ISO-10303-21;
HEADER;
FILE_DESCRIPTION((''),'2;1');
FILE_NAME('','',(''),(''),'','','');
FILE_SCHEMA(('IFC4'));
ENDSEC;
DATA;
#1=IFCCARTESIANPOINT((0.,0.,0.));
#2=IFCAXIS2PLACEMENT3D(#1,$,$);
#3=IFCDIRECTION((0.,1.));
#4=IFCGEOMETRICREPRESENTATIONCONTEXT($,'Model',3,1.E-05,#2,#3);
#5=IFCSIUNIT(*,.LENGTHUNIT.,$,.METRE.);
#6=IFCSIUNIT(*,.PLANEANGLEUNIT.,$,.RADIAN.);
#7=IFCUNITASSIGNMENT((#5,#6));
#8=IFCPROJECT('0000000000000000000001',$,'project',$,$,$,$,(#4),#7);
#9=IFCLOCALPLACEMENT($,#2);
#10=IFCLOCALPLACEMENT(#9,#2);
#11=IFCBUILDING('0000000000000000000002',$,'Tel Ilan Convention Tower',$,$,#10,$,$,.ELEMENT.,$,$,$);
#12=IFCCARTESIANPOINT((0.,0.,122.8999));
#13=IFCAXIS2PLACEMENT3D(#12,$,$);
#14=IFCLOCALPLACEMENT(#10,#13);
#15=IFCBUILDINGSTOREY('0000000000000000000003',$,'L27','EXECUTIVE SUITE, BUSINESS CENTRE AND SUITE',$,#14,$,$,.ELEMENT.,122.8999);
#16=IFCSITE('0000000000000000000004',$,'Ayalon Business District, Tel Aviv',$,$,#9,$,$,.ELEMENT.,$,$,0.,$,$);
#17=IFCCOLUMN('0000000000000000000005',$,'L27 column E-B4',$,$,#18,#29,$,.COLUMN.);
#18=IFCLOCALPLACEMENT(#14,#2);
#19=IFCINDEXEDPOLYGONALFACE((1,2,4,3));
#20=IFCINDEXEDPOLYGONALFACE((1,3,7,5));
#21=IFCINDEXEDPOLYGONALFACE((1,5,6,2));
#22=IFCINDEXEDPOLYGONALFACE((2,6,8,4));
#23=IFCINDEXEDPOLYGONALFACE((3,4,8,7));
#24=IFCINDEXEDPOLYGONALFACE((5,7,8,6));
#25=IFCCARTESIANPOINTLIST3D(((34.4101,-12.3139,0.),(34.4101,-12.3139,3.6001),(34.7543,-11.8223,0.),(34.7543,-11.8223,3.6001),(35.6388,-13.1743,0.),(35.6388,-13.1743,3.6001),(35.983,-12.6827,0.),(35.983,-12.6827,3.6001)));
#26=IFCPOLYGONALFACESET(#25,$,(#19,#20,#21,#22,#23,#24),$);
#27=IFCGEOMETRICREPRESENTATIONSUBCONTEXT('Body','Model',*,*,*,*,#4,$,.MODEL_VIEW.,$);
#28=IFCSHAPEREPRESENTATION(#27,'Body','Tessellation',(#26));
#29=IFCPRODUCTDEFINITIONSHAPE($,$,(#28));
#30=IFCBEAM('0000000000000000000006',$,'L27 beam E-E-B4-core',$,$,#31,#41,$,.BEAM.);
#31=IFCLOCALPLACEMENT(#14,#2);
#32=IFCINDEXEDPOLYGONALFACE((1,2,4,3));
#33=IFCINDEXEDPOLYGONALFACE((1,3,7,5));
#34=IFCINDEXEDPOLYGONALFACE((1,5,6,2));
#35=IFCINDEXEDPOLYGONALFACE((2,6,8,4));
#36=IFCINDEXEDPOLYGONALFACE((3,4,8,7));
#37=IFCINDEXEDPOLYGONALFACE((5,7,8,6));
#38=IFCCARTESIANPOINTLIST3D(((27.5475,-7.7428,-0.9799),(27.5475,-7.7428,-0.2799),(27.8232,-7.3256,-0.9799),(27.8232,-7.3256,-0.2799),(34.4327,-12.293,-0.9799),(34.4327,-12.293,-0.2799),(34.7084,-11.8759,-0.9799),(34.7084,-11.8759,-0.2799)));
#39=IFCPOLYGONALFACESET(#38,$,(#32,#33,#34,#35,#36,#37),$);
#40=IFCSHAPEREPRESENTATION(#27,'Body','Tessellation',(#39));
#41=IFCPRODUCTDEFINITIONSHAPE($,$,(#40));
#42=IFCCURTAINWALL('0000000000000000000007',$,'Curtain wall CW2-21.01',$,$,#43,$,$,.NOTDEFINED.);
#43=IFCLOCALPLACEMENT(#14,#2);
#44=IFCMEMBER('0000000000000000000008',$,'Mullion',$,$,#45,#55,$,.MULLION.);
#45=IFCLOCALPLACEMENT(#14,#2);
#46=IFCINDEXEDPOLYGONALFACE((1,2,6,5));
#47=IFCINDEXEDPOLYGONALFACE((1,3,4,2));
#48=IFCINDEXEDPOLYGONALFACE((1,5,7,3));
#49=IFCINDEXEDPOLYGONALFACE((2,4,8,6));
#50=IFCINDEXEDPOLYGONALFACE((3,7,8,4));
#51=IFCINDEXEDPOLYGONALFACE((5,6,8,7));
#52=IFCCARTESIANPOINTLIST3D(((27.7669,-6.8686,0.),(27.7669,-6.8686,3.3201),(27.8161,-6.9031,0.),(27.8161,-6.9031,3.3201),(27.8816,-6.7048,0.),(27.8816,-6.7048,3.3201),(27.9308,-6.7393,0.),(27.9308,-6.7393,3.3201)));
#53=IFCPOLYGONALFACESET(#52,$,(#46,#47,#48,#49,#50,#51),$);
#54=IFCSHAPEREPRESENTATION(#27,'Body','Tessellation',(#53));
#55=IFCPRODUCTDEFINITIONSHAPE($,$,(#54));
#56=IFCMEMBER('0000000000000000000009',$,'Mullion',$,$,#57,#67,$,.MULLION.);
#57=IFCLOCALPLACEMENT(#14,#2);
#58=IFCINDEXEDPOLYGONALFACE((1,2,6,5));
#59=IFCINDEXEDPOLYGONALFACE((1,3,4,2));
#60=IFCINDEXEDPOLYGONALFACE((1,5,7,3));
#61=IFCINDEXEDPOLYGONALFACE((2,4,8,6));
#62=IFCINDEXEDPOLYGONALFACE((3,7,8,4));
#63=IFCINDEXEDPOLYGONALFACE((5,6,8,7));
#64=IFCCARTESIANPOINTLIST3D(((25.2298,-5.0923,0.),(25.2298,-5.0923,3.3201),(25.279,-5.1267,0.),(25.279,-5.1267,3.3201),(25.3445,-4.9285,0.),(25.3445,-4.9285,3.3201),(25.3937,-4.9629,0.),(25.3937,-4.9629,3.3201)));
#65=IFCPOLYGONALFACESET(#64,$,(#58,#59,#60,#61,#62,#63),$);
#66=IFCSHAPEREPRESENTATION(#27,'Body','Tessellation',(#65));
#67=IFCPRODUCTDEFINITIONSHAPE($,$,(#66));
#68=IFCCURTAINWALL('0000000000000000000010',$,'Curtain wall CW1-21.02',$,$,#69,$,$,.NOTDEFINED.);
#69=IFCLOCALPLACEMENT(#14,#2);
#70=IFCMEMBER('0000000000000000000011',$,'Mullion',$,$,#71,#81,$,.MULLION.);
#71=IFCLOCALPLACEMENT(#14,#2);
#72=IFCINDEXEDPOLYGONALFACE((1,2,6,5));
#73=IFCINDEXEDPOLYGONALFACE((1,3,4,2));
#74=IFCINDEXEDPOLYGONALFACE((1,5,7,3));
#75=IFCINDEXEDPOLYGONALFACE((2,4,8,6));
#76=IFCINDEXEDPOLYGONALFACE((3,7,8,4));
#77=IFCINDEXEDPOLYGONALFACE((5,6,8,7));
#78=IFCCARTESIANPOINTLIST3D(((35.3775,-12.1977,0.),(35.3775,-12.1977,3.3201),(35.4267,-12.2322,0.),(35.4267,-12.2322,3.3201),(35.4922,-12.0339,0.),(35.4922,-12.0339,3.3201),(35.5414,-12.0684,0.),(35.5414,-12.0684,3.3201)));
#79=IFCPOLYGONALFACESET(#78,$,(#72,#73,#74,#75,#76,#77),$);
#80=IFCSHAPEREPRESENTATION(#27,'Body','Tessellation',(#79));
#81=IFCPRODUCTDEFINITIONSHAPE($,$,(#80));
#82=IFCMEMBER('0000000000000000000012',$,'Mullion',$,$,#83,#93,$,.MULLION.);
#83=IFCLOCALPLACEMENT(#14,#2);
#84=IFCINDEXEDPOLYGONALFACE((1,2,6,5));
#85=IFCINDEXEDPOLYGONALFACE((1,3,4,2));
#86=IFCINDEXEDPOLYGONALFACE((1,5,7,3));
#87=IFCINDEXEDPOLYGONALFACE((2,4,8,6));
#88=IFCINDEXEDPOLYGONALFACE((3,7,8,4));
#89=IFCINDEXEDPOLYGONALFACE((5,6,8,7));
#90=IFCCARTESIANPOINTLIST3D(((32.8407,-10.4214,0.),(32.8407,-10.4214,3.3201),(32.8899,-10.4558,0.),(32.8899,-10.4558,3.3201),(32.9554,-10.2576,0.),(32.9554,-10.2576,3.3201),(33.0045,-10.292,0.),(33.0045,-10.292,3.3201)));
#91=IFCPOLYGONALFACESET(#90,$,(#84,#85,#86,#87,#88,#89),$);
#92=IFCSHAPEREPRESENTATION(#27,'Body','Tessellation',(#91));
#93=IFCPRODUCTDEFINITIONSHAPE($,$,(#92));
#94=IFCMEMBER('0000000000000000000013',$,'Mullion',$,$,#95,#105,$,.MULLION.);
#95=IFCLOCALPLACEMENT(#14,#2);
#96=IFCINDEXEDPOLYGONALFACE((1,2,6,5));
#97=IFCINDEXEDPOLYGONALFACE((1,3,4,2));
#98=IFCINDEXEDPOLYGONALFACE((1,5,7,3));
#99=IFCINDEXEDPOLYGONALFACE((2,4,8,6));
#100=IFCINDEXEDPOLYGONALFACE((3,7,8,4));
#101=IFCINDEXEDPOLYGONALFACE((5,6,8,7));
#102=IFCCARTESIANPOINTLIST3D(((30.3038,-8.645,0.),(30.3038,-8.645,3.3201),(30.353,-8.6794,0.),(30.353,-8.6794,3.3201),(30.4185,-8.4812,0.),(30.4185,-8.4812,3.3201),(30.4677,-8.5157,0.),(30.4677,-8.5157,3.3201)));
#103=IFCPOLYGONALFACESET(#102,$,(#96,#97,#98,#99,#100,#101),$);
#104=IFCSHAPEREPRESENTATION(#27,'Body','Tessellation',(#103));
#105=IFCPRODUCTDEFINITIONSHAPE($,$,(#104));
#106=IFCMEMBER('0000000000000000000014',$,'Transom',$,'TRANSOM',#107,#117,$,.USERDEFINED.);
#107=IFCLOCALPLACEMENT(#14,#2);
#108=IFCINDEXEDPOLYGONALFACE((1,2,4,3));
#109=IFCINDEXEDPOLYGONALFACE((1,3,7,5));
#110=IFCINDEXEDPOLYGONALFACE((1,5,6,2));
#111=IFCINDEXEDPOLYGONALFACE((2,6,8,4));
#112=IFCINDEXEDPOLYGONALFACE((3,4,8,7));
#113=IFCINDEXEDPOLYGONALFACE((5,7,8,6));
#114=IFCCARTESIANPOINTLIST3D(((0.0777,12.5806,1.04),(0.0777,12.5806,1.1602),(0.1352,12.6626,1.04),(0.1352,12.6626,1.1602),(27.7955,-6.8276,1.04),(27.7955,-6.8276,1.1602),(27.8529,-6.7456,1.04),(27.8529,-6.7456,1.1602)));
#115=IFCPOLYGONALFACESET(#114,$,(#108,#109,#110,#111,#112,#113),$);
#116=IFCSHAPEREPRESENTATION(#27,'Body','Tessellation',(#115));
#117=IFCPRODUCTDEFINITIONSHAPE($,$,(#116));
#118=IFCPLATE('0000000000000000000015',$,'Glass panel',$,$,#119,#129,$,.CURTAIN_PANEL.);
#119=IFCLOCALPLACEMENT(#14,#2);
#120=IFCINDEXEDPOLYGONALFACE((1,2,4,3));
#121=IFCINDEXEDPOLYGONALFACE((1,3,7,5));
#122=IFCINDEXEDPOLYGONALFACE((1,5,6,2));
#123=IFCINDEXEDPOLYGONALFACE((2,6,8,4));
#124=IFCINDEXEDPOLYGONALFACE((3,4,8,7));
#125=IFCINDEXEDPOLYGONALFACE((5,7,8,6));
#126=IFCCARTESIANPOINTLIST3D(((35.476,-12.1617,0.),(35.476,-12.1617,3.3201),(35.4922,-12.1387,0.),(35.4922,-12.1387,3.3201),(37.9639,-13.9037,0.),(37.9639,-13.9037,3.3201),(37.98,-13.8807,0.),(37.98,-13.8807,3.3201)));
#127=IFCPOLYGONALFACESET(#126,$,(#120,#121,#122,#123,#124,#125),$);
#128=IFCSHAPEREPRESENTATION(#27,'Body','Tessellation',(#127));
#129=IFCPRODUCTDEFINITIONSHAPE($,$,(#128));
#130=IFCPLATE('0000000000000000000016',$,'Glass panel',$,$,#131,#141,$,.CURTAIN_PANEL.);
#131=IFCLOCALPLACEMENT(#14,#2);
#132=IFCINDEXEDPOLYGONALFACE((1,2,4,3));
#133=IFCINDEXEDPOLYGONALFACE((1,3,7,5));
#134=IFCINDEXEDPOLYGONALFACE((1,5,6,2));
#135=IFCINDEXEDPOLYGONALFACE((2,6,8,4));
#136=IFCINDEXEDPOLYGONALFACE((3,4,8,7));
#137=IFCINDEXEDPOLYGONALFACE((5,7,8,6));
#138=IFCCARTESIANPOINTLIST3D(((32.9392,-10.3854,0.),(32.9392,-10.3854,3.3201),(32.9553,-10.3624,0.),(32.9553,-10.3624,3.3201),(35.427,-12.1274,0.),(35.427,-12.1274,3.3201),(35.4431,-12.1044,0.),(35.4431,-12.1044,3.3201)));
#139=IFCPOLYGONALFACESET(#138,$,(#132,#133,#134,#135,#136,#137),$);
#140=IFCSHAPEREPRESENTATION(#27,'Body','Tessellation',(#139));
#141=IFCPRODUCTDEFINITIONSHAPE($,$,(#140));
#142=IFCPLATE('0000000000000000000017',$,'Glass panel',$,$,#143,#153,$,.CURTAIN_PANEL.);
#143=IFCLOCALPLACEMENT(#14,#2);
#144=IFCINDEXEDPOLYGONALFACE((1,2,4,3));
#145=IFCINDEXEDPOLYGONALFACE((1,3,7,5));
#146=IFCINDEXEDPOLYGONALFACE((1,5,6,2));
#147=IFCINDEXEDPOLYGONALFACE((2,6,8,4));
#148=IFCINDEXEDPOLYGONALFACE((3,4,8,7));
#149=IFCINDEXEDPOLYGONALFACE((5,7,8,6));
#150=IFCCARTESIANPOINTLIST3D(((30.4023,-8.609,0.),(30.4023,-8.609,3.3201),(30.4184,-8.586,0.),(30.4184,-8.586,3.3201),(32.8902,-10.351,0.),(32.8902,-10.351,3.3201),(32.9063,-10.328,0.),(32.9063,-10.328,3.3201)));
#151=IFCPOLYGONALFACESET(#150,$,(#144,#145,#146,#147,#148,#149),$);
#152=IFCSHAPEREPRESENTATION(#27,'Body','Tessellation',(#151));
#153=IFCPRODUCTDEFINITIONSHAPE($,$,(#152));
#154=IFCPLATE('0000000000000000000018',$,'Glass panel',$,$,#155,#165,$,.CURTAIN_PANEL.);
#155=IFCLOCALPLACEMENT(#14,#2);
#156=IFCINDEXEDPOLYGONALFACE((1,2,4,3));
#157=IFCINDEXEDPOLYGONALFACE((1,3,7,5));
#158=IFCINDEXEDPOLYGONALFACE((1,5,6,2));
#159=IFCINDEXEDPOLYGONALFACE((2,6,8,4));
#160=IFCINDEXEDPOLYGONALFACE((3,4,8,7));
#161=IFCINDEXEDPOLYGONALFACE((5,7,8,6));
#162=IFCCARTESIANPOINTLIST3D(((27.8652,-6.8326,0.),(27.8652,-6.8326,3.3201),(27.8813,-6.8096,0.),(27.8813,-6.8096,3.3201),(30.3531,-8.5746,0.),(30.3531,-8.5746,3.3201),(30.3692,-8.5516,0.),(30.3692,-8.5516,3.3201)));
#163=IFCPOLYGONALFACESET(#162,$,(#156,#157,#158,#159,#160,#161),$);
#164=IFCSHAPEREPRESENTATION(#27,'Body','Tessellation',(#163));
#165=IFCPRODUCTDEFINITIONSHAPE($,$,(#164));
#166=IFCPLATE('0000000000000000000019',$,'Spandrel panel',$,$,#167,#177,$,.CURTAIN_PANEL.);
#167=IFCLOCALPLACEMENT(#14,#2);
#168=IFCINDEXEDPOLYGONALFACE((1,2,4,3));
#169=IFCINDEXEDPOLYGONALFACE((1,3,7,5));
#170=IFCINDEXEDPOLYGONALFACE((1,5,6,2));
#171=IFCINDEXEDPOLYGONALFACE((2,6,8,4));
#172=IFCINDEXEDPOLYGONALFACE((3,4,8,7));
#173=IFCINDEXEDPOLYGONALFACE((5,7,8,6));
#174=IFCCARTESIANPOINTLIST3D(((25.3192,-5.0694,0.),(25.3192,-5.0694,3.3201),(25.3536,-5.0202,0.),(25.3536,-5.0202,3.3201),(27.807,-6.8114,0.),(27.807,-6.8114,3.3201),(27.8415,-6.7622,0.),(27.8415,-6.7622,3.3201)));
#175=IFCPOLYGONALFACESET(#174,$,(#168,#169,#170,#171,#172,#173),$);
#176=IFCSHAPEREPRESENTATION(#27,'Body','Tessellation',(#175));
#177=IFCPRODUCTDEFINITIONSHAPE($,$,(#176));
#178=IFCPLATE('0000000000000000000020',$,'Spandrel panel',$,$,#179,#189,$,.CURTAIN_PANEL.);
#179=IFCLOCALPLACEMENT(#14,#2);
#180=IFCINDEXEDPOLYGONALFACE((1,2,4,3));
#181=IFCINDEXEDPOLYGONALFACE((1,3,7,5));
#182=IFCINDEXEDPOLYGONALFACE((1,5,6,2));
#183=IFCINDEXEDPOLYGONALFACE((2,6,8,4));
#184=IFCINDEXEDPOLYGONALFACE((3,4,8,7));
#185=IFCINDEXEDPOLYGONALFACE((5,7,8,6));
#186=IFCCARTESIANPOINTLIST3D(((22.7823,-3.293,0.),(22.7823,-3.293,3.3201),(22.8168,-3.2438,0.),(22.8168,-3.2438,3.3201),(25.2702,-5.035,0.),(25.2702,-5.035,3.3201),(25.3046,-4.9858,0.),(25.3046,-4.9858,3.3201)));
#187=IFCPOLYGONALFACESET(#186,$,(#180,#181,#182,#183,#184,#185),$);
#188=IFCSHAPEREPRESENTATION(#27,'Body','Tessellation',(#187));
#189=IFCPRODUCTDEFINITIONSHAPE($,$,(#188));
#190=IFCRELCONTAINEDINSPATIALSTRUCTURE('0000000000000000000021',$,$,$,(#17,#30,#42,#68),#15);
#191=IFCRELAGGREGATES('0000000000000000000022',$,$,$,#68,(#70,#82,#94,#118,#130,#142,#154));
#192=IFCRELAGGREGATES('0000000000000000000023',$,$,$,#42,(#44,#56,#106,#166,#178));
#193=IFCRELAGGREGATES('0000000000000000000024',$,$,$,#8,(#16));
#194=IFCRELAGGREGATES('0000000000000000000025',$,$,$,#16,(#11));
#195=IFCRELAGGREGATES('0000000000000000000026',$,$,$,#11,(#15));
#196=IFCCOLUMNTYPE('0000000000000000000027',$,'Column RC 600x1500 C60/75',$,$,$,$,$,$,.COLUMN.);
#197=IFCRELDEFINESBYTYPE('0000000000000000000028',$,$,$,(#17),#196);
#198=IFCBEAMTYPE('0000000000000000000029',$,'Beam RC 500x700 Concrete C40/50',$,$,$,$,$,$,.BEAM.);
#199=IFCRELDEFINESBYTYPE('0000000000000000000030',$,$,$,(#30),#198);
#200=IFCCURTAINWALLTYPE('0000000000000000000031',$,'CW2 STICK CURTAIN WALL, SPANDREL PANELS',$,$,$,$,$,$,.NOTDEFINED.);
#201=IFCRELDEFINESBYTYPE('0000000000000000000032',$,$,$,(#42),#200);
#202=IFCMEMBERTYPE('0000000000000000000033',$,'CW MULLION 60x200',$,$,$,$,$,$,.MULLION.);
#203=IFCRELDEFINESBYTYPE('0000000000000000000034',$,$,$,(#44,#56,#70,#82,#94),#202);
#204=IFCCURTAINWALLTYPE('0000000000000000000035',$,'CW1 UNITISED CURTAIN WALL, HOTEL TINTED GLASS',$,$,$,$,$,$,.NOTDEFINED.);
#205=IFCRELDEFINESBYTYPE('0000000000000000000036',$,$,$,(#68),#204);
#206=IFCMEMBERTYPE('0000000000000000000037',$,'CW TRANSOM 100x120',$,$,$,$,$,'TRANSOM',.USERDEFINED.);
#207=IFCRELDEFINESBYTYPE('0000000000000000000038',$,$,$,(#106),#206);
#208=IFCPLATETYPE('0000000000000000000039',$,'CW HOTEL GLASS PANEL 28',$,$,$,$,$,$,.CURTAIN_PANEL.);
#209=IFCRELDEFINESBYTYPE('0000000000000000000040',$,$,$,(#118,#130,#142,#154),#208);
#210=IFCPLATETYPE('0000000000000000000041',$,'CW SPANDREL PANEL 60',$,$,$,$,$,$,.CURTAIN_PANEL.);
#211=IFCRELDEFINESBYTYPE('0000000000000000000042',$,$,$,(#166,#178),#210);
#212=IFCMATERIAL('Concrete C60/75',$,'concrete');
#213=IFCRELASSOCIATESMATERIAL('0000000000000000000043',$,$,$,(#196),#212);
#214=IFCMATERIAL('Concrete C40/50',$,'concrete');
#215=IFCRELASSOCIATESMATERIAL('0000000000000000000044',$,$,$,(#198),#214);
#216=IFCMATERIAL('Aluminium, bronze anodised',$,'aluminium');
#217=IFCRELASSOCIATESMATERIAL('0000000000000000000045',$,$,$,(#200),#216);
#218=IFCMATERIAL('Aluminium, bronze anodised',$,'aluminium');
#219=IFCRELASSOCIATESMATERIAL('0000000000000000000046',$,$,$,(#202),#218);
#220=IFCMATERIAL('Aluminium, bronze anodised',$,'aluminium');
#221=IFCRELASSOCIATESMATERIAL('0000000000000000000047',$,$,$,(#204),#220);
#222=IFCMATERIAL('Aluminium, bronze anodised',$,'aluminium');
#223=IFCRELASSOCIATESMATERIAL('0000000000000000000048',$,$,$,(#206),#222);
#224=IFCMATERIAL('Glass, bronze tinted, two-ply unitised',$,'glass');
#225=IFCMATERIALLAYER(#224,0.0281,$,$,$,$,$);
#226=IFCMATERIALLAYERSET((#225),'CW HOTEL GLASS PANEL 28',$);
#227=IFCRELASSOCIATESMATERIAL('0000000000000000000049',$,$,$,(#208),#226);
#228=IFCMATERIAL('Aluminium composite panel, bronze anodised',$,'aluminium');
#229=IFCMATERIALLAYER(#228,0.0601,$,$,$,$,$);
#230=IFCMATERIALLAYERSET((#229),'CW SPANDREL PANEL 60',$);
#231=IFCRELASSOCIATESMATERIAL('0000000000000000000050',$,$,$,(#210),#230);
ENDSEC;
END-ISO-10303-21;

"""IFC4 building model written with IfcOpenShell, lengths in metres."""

from ifc_helpers import new_model, si_unit, direction, frame, origin, origin_2d, place, context, subcontext, project, spatial, rectangle, extrude, material, layer, layer_set, material_profile, profile_set, type_object, element, aggregate, save


model = new_model("IFC4")

# Units and contexts
model_context = context("Model", 3, precision=1e-05, world=origin(), true_north=direction((0.0, 1.0)))
body_context = subcontext(model_context, "Body", "Model", "MODEL_VIEW")
ifc_project = project(units=[si_unit("LENGTHUNIT", "METRE"), si_unit("PLANEANGLEUNIT", "RADIAN")], contexts=[model_context])

# Site, building, storey
site_placement = place(None, origin())
site = spatial("IfcSite", under=ifc_project, at=site_placement, Name="Ayalon Business District, Tel Aviv", CompositionType="ELEMENT", RefElevation=0.0)
building_placement = place(site_placement, origin())
building = spatial("IfcBuilding", under=site, at=building_placement, Name="Tel Ilan Convention Tower", CompositionType="ELEMENT")
storey_placement = place(building_placement, frame((0.0, 0.0, 122.8999)))
storey = spatial("IfcBuildingStorey", under=building, at=storey_placement, Name="L27", Description="EXECUTIVE SUITE, BUSINESS CENTRE AND SUITE", CompositionType="ELEMENT", Elevation=122.8999)

# Column
ifc_material_1 = material(Name="Concrete C60/75", Category="concrete")
ifc_material_profile_1 = material_profile(ifc_material_1, rectangle(XDim=1.5, YDim=0.6001, at=origin_2d()), Name="RC 600x1500")
ifc_profile_set_1 = profile_set([ifc_material_profile_1], Name="Concrete C60/75")
column_type = type_object("IfcColumnType", Name="Column RC 600x1500 C60/75", PredefinedType="COLUMN", material=ifc_profile_set_1)
column_placement = place(storey_placement, frame((35.1965, -12.4983, 0.0), z_axis=(0.0, 0.0, 1.0), x_axis=(0.819152, -0.573576, 0.0)))
element("IfcColumn", 1, at=column_placement, inside=storey, type_object=column_type, Name="L27 column E-B4", PredefinedType="COLUMN", context=body_context, shape_type="SweptSolid", body=[
    extrude(rectangle(XDim=1.5, YDim=0.6001, at=origin_2d()), origin(), (0.0, 0.0, 1.0), 3.6001),
])

# Beam
ifc_material_2 = material(Name="Concrete C40/50", Category="concrete")
ifc_material_profile_2 = material_profile(ifc_material_2, rectangle(XDim=0.5, YDim=0.7, at=origin_2d()), Name="RC 500x700")
ifc_profile_set_2 = profile_set([ifc_material_profile_2], Name="Concrete C40/50")
beam_type = type_object("IfcBeamType", Name="Beam RC 500x700 Concrete C40/50", PredefinedType="BEAM", material=ifc_profile_set_2)
beam_placement = place(storey_placement, frame((34.5706, -12.0845, -0.6299), z_axis=(-0.834274, 0.551351, 0.0), x_axis=(-0.551351, -0.834274, 0.0)))
element("IfcBeam", 2, at=beam_placement, inside=storey, type_object=beam_type, Name="L27 beam E-E-B4-core", PredefinedType="BEAM", context=body_context, shape_type="SweptSolid", body=[
    extrude(rectangle(XDim=0.5, YDim=0.7, at=origin_2d()), origin(), (0.0, 0.0, 1.0), 8.2529),
])

# Curtain walls, members
ifc_material_3 = material(Name="Aluminium, bronze anodised", Category="aluminium")
curtain_wall_type_1 = type_object("IfcCurtainWallType", Name="CW2 STICK CURTAIN WALL, SPANDREL PANELS", PredefinedType="NOTDEFINED", material=ifc_material_3)
curtain_wall_1_placement = place(storey_placement, origin())
curtain_wall_1 = element("IfcCurtainWall", 3, at=curtain_wall_1_placement, inside=storey, type_object=curtain_wall_type_1, Name="Curtain wall CW2-21.01", PredefinedType="NOTDEFINED")
ifc_material_4 = material(Name="Aluminium, bronze anodised", Category="aluminium")
ifc_material_profile_3 = material_profile(ifc_material_4, rectangle(XDim=0.0601, YDim=0.2, at=origin_2d()), Name="CW MULLION 60x200")
ifc_profile_set_3 = profile_set([ifc_material_profile_3], Name="Aluminium, bronze anodised")
member_type_1 = type_object("IfcMemberType", Name="CW MULLION 60x200", PredefinedType="MULLION", material=ifc_profile_set_3)
member_1_placement = place(storey_placement, frame((27.8489, -6.804, 0.0), z_axis=(0.0, 0.0, 1.0), x_axis=(-0.819152, 0.573576, 0.0)))
member_1 = element("IfcMember", 4, at=member_1_placement, type_object=member_type_1, Name="Mullion", PredefinedType="MULLION", context=body_context, shape_type="SweptSolid", body=[
    extrude(rectangle(XDim=0.0601, YDim=0.2, at=origin_2d()), origin(), (0.0, 0.0, 1.0), 3.3201),
])
member_2_placement = place(storey_placement, frame((25.3118, -5.0276, 0.0), z_axis=(0.0, 0.0, 1.0), x_axis=(-0.819152, 0.573576, 0.0)))
member_2 = element("IfcMember", 5, at=member_2_placement, type_object=member_type_1, Name="Mullion", PredefinedType="MULLION", context=body_context, shape_type="SweptSolid", body=[
    extrude(rectangle(XDim=0.0601, YDim=0.2, at=origin_2d()), origin(), (0.0, 0.0, 1.0), 3.3201),
])
ifc_material_5 = material(Name="Aluminium, bronze anodised", Category="aluminium")
curtain_wall_type_2 = type_object("IfcCurtainWallType", Name="CW1 UNITISED CURTAIN WALL, HOTEL TINTED GLASS", PredefinedType="NOTDEFINED", material=ifc_material_5)
curtain_wall_2_placement = place(storey_placement, origin())
curtain_wall_2 = element("IfcCurtainWall", 6, at=curtain_wall_2_placement, inside=storey, type_object=curtain_wall_type_2, Name="Curtain wall CW1-21.02", PredefinedType="NOTDEFINED")
member_3_placement = place(storey_placement, frame((35.4595, -12.1331, 0.0), z_axis=(0.0, 0.0, 1.0), x_axis=(-0.819152, 0.573576, 0.0)))
member_3 = element("IfcMember", 7, at=member_3_placement, type_object=member_type_1, Name="Mullion", PredefinedType="MULLION", context=body_context, shape_type="SweptSolid", body=[
    extrude(rectangle(XDim=0.0601, YDim=0.2, at=origin_2d()), origin(), (0.0, 0.0, 1.0), 3.3201),
])
member_4_placement = place(storey_placement, frame((32.9226, -10.3567, 0.0), z_axis=(0.0, 0.0, 1.0), x_axis=(-0.819152, 0.573576, 0.0)))
member_4 = element("IfcMember", 8, at=member_4_placement, type_object=member_type_1, Name="Mullion", PredefinedType="MULLION", context=body_context, shape_type="SweptSolid", body=[
    extrude(rectangle(XDim=0.0601, YDim=0.2, at=origin_2d()), origin(), (0.0, 0.0, 1.0), 3.3201),
])
member_5_placement = place(storey_placement, frame((30.3857, -8.5803, 0.0), z_axis=(0.0, 0.0, 1.0), x_axis=(-0.819152, 0.573576, 0.0)))
member_5 = element("IfcMember", 9, at=member_5_placement, type_object=member_type_1, Name="Mullion", PredefinedType="MULLION", context=body_context, shape_type="SweptSolid", body=[
    extrude(rectangle(XDim=0.0601, YDim=0.2, at=origin_2d()), origin(), (0.0, 0.0, 1.0), 3.3201),
])

# Member
ifc_material_6 = material(Name="Aluminium, bronze anodised", Category="aluminium")
ifc_material_profile_4 = material_profile(ifc_material_6, rectangle(XDim=0.1001, YDim=0.1201, at=origin_2d()), Name="CW TRANSOM 100x120")
ifc_profile_set_4 = profile_set([ifc_material_profile_4], Name="Aluminium, bronze anodised")
member_type_2 = type_object("IfcMemberType", Name="CW TRANSOM 100x120", ElementType="TRANSOM", PredefinedType="USERDEFINED", material=ifc_profile_set_4)
member_6_placement = place(storey_placement, frame((27.8242, -6.7866, 1.1001), z_axis=(-0.819152, 0.573577, 0.0), x_axis=(-0.573577, -0.819152, 0.0)))
member_6 = element("IfcMember", 10, at=member_6_placement, type_object=member_type_2, Name="Transom", ObjectType="TRANSOM", PredefinedType="USERDEFINED", context=body_context, shape_type="SweptSolid", body=[
    extrude(rectangle(XDim=0.1001, YDim=0.1201, at=origin_2d()), origin(), (0.0, 0.0, 1.0), 33.8372),
])

# Plates
ifc_material_7 = material(Name="Glass, bronze tinted, two-ply unitised", Category="glass")
ifc_layer_1 = layer(ifc_material_7, 0.0281)
ifc_layer_set_1 = layer_set([ifc_layer_1], Name="CW HOTEL GLASS PANEL 28")
plate_type_1 = type_object("IfcPlateType", Name="CW HOTEL GLASS PANEL 28", PredefinedType="CURTAIN_PANEL", material=ifc_layer_set_1)
plate_1_placement = place(storey_placement, frame((36.728, -13.0212, 0.0), z_axis=(0.0, 0.0, 1.0), x_axis=(-0.819152, 0.573576, 0.0)))
plate_1 = element("IfcPlate", 11, at=plate_1_placement, type_object=plate_type_1, Name="Glass panel", PredefinedType="CURTAIN_PANEL", context=body_context, shape_type="SweptSolid", body=[
    extrude(rectangle(XDim=3.0371, YDim=0.0281, at=origin_2d()), origin(), (0.0, 0.0, 1.0), 3.3201),
])
plate_2_placement = place(storey_placement, frame((34.1912, -11.2449, 0.0), z_axis=(0.0, 0.0, 1.0), x_axis=(-0.819152, 0.573576, 0.0)))
plate_2 = element("IfcPlate", 12, at=plate_2_placement, type_object=plate_type_1, Name="Glass panel", PredefinedType="CURTAIN_PANEL", context=body_context, shape_type="SweptSolid", body=[
    extrude(rectangle(XDim=3.0371, YDim=0.0281, at=origin_2d()), origin(), (0.0, 0.0, 1.0), 3.3201),
])
plate_3_placement = place(storey_placement, frame((31.6543, -9.4685, 0.0), z_axis=(0.0, 0.0, 1.0), x_axis=(-0.819152, 0.573576, 0.0)))
plate_3 = element("IfcPlate", 13, at=plate_3_placement, type_object=plate_type_1, Name="Glass panel", PredefinedType="CURTAIN_PANEL", context=body_context, shape_type="SweptSolid", body=[
    extrude(rectangle(XDim=3.0371, YDim=0.0281, at=origin_2d()), origin(), (0.0, 0.0, 1.0), 3.3201),
])
plate_4_placement = place(storey_placement, frame((29.1172, -7.6921, 0.0), z_axis=(0.0, 0.0, 1.0), x_axis=(-0.819152, 0.573576, 0.0)))
plate_4 = element("IfcPlate", 14, at=plate_4_placement, type_object=plate_type_1, Name="Glass panel", PredefinedType="CURTAIN_PANEL", context=body_context, shape_type="SweptSolid", body=[
    extrude(rectangle(XDim=3.0371, YDim=0.0281, at=origin_2d()), origin(), (0.0, 0.0, 1.0), 3.3201),
])
aggregate(curtain_wall_2, [member_3, member_4, member_5, plate_1, plate_2, plate_3, plate_4])
ifc_material_8 = material(Name="Aluminium composite panel, bronze anodised", Category="aluminium")
ifc_layer_2 = layer(ifc_material_8, 0.0601)
ifc_layer_set_2 = layer_set([ifc_layer_2], Name="CW SPANDREL PANEL 60")
plate_type_2 = type_object("IfcPlateType", Name="CW SPANDREL PANEL 60", PredefinedType="CURTAIN_PANEL", material=ifc_layer_set_2)
plate_5_placement = place(storey_placement, frame((26.5803, -5.9158, 0.0), z_axis=(0.0, 0.0, 1.0), x_axis=(-0.819152, 0.573576, 0.0)))
plate_5 = element("IfcPlate", 15, at=plate_5_placement, type_object=plate_type_2, Name="Spandrel panel", PredefinedType="CURTAIN_PANEL", context=body_context, shape_type="SweptSolid", body=[
    extrude(rectangle(XDim=3.0371, YDim=0.0601, at=origin_2d()), origin(), (0.0, 0.0, 1.0), 3.3201),
])
plate_6_placement = place(storey_placement, frame((24.0435, -4.1394, 0.0), z_axis=(0.0, 0.0, 1.0), x_axis=(-0.819152, 0.573576, 0.0)))
plate_6 = element("IfcPlate", 16, at=plate_6_placement, type_object=plate_type_2, Name="Spandrel panel", PredefinedType="CURTAIN_PANEL", context=body_context, shape_type="SweptSolid", body=[
    extrude(rectangle(XDim=3.0371, YDim=0.0601, at=origin_2d()), origin(), (0.0, 0.0, 1.0), 3.3201),
])
aggregate(curtain_wall_1, [member_1, member_2, member_6, plate_5, plate_6])

save(model, "model.ifc")
